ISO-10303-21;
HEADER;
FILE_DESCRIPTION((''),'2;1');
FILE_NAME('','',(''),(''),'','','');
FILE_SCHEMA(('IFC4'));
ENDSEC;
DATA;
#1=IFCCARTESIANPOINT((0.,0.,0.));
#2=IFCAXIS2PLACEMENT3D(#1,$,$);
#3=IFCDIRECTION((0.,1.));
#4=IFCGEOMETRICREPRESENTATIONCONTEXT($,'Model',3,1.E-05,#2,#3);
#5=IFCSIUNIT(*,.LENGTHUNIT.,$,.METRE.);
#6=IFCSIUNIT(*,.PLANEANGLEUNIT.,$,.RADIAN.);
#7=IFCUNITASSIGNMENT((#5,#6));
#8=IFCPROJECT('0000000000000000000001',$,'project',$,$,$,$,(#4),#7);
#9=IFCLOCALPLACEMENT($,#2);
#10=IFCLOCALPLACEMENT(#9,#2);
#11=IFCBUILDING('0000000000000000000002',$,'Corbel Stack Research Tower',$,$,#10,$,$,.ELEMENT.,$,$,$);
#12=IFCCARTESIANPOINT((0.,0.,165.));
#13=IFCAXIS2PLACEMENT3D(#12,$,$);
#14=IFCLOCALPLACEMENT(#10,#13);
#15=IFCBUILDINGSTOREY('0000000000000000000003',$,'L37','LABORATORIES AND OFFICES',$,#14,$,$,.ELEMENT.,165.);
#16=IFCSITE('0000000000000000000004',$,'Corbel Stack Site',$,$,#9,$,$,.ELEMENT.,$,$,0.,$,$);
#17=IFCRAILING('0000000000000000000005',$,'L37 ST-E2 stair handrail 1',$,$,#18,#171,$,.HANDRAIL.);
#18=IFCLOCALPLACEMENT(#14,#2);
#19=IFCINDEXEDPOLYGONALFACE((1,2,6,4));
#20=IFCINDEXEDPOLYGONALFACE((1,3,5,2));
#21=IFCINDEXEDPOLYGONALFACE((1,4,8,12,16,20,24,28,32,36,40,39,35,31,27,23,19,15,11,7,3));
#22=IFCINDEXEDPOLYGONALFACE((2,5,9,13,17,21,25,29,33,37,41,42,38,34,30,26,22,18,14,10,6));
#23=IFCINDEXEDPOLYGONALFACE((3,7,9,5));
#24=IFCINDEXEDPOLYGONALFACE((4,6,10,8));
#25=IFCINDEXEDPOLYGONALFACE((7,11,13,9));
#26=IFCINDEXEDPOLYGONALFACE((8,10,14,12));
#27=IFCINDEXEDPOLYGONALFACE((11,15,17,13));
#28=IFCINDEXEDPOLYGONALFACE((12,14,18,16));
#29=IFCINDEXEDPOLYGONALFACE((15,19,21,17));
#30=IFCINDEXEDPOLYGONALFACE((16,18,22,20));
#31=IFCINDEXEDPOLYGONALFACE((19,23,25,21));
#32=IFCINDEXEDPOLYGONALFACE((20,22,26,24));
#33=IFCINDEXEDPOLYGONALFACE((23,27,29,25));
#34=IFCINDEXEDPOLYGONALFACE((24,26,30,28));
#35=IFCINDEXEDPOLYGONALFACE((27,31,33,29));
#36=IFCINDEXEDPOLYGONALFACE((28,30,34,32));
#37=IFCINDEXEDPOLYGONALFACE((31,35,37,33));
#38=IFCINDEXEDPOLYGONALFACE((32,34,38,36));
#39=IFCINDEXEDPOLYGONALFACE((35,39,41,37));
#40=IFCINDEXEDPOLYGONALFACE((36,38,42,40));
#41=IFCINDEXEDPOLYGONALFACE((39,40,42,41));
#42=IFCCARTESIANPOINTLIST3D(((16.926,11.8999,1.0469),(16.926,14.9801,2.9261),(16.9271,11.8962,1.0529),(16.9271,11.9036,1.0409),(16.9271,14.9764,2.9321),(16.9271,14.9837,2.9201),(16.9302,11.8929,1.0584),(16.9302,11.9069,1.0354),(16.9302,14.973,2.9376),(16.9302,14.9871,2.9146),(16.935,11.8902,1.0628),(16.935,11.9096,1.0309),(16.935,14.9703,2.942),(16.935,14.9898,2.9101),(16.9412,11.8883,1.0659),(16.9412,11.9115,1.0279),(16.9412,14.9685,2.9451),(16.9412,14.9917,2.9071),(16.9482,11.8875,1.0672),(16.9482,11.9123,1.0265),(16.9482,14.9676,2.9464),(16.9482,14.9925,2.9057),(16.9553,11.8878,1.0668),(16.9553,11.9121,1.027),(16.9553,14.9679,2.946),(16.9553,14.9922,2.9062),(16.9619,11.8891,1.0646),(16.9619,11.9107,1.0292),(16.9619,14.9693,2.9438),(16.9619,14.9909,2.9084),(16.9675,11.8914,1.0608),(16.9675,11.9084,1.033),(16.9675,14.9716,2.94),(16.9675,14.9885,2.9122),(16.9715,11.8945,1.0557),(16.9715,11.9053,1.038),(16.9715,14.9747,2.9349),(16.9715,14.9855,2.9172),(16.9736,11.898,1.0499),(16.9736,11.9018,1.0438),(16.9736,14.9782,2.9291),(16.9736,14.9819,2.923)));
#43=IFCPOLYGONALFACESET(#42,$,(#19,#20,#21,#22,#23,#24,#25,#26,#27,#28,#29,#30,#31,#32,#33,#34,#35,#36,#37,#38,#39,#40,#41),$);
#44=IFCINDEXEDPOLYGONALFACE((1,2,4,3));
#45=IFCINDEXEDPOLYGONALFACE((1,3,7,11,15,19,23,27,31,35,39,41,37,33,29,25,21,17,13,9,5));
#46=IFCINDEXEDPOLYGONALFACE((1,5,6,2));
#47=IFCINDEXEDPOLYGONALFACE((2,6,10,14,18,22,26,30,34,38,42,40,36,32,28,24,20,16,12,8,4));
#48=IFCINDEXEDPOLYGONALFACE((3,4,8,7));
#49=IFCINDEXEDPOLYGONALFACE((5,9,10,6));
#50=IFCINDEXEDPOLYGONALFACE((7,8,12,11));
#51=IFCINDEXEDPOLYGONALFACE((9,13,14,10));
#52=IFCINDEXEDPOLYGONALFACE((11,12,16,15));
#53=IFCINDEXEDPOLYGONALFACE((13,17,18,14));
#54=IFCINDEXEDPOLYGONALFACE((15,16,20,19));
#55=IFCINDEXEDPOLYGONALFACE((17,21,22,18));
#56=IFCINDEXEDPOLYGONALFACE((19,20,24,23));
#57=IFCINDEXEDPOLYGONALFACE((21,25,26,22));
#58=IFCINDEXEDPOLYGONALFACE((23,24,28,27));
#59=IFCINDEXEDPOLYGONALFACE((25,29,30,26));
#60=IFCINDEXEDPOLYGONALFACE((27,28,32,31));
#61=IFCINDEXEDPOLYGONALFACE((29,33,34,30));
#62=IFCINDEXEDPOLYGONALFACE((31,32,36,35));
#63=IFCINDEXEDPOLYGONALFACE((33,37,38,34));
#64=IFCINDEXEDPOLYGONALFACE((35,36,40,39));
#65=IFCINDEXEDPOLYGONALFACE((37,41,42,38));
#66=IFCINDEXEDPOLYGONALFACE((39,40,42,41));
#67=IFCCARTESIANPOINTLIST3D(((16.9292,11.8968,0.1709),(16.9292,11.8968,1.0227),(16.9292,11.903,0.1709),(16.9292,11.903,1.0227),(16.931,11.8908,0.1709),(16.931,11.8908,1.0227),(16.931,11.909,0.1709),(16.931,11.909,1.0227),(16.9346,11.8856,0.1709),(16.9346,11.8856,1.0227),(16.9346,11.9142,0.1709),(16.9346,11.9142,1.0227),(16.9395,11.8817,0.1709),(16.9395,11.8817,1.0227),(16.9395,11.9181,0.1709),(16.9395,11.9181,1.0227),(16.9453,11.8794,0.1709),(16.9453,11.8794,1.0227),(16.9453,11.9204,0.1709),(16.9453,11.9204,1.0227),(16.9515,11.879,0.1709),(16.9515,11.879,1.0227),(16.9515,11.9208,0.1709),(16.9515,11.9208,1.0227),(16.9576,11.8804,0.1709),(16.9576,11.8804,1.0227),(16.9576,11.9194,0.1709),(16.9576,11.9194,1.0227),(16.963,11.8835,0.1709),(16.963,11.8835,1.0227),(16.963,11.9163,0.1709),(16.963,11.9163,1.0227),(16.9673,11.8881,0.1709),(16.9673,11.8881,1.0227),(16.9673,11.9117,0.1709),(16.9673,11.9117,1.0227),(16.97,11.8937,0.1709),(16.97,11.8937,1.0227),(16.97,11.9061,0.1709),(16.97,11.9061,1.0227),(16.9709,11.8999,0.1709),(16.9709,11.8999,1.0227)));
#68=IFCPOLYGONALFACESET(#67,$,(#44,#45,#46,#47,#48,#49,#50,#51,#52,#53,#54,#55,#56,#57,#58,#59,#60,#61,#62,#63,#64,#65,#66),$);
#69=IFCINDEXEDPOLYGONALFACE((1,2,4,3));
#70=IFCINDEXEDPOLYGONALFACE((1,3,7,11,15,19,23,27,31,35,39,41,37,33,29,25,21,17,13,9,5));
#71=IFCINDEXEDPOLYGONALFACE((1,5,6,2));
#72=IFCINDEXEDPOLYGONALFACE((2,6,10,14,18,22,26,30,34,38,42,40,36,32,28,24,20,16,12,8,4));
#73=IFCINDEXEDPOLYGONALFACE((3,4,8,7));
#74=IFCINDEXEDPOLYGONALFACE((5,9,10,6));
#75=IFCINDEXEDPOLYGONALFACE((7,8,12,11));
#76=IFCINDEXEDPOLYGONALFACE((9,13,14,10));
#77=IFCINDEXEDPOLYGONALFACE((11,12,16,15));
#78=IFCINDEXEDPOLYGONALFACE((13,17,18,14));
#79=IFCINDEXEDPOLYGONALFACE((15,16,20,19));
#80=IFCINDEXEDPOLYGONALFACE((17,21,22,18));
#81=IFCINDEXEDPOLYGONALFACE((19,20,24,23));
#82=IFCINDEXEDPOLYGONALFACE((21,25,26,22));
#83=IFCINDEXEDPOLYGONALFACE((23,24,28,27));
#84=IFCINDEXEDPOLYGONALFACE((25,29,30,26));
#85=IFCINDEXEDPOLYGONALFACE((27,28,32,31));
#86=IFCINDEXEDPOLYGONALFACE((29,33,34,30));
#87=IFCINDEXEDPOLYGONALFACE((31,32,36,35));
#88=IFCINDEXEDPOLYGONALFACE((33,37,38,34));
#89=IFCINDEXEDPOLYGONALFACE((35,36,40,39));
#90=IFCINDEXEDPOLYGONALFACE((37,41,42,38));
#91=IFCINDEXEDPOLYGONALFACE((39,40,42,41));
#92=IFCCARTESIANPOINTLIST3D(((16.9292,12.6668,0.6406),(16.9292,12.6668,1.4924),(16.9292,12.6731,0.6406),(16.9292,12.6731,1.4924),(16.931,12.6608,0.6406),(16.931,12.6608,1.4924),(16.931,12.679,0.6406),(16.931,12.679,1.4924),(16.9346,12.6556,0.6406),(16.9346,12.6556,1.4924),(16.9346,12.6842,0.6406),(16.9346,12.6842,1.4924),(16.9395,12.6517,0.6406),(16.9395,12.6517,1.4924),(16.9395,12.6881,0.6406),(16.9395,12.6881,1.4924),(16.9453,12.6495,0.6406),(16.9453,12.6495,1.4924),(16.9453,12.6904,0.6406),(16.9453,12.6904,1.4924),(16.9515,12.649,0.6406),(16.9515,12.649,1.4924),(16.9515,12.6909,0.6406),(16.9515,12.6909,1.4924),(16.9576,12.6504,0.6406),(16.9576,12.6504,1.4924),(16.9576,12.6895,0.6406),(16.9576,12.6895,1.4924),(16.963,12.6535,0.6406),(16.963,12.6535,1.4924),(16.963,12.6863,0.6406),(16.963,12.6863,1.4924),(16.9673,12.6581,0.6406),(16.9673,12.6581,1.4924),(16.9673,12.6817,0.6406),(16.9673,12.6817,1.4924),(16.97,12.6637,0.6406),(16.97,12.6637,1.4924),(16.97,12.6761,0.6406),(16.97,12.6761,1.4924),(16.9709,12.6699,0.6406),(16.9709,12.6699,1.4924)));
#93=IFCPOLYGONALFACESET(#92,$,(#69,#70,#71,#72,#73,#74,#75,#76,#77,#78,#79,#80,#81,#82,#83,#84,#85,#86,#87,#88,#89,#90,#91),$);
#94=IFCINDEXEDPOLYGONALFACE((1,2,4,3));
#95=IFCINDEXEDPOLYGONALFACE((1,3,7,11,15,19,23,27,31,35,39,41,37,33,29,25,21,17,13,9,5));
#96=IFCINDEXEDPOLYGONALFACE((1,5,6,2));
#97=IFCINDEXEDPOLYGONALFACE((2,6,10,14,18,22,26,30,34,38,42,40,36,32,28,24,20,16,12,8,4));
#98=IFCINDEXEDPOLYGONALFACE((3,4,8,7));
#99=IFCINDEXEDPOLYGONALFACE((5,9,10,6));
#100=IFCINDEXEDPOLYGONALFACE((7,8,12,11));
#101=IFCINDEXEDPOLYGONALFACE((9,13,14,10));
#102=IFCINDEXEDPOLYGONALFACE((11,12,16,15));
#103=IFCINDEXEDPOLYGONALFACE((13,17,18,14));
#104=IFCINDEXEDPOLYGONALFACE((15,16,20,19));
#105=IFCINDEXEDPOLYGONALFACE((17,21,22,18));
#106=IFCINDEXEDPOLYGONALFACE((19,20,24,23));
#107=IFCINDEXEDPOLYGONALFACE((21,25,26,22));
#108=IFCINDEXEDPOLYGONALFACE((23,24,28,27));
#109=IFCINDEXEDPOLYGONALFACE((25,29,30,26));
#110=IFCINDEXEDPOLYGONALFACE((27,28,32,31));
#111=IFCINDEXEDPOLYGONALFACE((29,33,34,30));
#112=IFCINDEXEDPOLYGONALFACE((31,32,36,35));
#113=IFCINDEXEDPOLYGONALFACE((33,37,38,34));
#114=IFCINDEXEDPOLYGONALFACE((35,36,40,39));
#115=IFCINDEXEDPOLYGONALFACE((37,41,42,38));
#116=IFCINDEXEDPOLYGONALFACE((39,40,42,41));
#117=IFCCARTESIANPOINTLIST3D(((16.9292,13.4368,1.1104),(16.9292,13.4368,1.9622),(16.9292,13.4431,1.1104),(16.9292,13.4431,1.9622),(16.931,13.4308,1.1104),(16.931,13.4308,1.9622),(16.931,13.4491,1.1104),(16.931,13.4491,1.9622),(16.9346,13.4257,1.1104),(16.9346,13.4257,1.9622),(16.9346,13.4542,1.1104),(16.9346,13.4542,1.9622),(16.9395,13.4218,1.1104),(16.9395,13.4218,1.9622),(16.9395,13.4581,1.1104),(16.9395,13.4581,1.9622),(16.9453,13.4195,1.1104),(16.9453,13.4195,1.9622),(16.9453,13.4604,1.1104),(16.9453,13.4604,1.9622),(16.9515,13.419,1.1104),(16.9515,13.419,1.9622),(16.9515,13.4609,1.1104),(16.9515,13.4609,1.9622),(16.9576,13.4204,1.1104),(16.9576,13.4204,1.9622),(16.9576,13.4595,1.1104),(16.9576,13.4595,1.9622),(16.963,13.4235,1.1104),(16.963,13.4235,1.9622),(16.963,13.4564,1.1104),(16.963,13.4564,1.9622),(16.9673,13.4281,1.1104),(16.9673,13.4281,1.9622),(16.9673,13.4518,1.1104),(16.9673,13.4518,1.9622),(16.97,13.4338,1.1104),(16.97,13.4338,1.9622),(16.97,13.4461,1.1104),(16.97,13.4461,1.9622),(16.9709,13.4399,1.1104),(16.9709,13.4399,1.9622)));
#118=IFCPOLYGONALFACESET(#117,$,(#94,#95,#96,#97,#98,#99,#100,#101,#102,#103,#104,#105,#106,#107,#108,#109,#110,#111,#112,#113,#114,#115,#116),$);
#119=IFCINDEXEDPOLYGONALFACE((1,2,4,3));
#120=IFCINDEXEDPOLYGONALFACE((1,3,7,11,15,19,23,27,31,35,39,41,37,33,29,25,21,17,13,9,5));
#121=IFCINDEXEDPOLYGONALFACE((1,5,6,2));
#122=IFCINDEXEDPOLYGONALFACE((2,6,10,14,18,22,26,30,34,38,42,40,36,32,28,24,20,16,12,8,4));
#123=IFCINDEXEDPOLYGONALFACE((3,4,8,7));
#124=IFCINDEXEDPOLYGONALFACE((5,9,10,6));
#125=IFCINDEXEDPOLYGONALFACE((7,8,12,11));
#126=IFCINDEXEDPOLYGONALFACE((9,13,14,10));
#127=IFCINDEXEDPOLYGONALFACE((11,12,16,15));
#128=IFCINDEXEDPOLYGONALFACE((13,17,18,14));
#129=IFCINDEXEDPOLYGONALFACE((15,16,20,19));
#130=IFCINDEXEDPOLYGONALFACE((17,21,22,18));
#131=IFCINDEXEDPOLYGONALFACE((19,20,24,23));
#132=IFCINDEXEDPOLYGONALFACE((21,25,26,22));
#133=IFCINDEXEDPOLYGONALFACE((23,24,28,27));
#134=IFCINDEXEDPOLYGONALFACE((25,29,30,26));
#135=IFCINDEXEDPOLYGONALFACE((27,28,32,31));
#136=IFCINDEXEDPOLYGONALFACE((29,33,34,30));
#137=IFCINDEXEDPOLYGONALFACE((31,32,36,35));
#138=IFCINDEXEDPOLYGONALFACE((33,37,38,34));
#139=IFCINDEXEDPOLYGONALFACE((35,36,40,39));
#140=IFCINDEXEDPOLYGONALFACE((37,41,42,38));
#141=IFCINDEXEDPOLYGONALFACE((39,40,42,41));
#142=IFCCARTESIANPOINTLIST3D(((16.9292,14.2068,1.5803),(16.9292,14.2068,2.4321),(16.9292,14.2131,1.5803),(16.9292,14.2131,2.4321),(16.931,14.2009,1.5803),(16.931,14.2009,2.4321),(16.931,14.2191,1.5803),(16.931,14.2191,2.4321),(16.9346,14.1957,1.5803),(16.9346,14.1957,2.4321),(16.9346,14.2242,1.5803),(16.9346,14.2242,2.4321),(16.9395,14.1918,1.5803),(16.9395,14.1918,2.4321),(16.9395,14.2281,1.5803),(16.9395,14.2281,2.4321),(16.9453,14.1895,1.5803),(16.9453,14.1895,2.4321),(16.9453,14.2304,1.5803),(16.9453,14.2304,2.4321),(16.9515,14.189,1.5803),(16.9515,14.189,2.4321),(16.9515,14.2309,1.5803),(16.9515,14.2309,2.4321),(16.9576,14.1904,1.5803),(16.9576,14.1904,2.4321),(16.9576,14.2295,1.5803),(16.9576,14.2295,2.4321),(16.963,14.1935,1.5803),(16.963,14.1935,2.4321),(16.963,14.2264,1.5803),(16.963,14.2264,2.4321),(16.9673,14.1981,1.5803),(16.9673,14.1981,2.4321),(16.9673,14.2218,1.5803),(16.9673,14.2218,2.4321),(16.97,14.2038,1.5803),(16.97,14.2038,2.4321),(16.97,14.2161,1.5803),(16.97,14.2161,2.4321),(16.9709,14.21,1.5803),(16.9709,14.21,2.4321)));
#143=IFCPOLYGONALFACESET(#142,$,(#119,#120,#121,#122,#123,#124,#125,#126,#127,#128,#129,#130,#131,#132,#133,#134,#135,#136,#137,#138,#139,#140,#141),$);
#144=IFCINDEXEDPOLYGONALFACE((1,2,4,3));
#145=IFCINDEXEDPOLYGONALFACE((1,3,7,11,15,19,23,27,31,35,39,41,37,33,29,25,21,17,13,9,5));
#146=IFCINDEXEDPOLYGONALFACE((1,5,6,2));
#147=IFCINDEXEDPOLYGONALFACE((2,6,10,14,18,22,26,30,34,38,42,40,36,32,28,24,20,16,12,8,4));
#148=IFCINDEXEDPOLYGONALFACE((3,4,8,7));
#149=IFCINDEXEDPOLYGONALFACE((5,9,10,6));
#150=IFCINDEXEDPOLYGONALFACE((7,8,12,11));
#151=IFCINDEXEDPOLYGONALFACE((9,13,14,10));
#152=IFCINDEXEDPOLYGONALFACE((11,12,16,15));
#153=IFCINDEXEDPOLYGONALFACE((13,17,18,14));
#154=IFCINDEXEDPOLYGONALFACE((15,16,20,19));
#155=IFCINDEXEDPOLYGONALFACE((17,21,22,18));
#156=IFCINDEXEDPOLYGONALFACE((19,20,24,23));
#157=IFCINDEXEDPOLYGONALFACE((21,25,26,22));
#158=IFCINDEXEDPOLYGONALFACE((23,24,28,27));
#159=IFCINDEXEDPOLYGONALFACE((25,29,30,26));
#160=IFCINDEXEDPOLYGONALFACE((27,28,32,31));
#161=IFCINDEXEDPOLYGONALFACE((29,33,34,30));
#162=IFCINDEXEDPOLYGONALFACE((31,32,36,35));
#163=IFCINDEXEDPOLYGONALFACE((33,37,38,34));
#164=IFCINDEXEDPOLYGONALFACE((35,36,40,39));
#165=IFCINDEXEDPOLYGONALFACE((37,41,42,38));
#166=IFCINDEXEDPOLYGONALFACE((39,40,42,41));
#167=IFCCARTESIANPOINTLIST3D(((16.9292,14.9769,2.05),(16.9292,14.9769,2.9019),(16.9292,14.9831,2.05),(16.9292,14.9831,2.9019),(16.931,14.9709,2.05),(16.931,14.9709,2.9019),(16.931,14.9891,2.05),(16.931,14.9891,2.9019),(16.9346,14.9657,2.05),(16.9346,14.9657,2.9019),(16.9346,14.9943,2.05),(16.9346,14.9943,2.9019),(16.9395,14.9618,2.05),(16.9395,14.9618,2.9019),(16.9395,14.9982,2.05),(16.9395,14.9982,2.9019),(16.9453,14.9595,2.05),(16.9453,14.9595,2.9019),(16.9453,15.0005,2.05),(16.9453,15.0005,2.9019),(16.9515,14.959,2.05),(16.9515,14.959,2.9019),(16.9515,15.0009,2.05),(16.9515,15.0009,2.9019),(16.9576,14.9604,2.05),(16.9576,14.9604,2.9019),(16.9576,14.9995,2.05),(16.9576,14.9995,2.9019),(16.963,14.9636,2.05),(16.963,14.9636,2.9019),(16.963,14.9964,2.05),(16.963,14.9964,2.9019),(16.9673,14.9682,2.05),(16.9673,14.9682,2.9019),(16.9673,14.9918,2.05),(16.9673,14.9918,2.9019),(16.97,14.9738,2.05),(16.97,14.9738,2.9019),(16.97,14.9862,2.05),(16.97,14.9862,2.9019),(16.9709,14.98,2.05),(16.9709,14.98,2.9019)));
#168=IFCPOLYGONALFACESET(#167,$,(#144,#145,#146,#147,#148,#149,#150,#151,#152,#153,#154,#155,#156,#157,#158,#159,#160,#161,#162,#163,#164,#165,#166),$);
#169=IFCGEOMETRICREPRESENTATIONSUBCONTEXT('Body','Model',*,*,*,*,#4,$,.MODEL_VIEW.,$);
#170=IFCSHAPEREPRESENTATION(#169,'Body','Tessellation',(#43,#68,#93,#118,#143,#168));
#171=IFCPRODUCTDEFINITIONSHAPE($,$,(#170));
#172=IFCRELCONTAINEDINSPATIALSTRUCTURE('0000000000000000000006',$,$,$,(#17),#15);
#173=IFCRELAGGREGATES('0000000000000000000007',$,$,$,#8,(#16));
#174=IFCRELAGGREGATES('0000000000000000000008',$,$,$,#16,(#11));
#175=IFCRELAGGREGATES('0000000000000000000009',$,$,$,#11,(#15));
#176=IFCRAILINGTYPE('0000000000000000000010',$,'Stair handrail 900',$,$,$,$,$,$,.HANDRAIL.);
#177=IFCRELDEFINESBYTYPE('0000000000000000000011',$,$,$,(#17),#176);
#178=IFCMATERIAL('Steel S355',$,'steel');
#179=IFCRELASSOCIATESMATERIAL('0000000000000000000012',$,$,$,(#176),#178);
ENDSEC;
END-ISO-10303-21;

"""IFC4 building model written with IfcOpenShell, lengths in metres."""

from ifc_helpers import new_model, si_unit, direction, frame, origin, origin_2d, place, context, subcontext, project, spatial, circle, extrude, material, type_object, element, save


model = new_model("IFC4")

# Units and contexts
model_context = context("Model", 3, precision=1e-05, world=origin(), true_north=direction((0.0, 1.0)))
body_context = subcontext(model_context, "Body", "Model", "MODEL_VIEW")
ifc_project = project(units=[si_unit("LENGTHUNIT", "METRE"), si_unit("PLANEANGLEUNIT", "RADIAN")], contexts=[model_context])

# Site, building, storey
site_placement = place(None, origin())
site = spatial("IfcSite", under=ifc_project, at=site_placement, Name="Corbel Stack Site", CompositionType="ELEMENT", RefElevation=0.0)
building_placement = place(site_placement, origin())
building = spatial("IfcBuilding", under=site, at=building_placement, Name="Corbel Stack Research Tower", CompositionType="ELEMENT")
storey_placement = place(building_placement, frame((0.0, 0.0, 165.0)))
storey = spatial("IfcBuildingStorey", under=building, at=storey_placement, Name="L37", Description="LABORATORIES AND OFFICES", CompositionType="ELEMENT", Elevation=165.0)

# Railing
ifc_material_1 = material(Name="Steel S355", Category="steel")
railing_type_1 = type_object("IfcRailingType", Name="Stair handrail 900", PredefinedType="HANDRAIL", material=ifc_material_1)
railing_1_placement = place(storey_placement, frame((16.95, 11.8999, 0.1709)))
element("IfcRailing", 1, at=railing_1_placement, inside=storey, type_object=railing_type_1, Name="L37 ST-E2 stair handrail 1", PredefinedType="HANDRAIL", context=body_context, shape_type="SweptSolid", body=[
    extrude(circle(Radius=0.0239, at=origin_2d()), frame((0.0, 0.0, 0.876), z_axis=(0.0, 0.853666, 0.52082), x_axis=(-1.0, 0.0, 0.0)), (0.0, 0.0, 1.0), 3.6082),
    extrude(circle(Radius=0.021, at=origin_2d()), origin(), (0.0, 0.0, 1.0), 0.8518),
    extrude(circle(Radius=0.021, at=origin_2d()), frame((0.0, 0.77, 0.4697)), (0.0, 0.0, 1.0), 0.8518),
    extrude(circle(Radius=0.021, at=origin_2d()), frame((0.0, 1.54, 0.9395)), (0.0, 0.0, 1.0), 0.8518),
    extrude(circle(Radius=0.021, at=origin_2d()), frame((0.0, 2.3101, 1.4094)), (0.0, 0.0, 1.0), 0.8518),
    extrude(circle(Radius=0.021, at=origin_2d()), frame((0.0, 3.0801, 1.8792)), (0.0, 0.0, 1.0), 0.8518),
])

save(model, "model.ifc")
